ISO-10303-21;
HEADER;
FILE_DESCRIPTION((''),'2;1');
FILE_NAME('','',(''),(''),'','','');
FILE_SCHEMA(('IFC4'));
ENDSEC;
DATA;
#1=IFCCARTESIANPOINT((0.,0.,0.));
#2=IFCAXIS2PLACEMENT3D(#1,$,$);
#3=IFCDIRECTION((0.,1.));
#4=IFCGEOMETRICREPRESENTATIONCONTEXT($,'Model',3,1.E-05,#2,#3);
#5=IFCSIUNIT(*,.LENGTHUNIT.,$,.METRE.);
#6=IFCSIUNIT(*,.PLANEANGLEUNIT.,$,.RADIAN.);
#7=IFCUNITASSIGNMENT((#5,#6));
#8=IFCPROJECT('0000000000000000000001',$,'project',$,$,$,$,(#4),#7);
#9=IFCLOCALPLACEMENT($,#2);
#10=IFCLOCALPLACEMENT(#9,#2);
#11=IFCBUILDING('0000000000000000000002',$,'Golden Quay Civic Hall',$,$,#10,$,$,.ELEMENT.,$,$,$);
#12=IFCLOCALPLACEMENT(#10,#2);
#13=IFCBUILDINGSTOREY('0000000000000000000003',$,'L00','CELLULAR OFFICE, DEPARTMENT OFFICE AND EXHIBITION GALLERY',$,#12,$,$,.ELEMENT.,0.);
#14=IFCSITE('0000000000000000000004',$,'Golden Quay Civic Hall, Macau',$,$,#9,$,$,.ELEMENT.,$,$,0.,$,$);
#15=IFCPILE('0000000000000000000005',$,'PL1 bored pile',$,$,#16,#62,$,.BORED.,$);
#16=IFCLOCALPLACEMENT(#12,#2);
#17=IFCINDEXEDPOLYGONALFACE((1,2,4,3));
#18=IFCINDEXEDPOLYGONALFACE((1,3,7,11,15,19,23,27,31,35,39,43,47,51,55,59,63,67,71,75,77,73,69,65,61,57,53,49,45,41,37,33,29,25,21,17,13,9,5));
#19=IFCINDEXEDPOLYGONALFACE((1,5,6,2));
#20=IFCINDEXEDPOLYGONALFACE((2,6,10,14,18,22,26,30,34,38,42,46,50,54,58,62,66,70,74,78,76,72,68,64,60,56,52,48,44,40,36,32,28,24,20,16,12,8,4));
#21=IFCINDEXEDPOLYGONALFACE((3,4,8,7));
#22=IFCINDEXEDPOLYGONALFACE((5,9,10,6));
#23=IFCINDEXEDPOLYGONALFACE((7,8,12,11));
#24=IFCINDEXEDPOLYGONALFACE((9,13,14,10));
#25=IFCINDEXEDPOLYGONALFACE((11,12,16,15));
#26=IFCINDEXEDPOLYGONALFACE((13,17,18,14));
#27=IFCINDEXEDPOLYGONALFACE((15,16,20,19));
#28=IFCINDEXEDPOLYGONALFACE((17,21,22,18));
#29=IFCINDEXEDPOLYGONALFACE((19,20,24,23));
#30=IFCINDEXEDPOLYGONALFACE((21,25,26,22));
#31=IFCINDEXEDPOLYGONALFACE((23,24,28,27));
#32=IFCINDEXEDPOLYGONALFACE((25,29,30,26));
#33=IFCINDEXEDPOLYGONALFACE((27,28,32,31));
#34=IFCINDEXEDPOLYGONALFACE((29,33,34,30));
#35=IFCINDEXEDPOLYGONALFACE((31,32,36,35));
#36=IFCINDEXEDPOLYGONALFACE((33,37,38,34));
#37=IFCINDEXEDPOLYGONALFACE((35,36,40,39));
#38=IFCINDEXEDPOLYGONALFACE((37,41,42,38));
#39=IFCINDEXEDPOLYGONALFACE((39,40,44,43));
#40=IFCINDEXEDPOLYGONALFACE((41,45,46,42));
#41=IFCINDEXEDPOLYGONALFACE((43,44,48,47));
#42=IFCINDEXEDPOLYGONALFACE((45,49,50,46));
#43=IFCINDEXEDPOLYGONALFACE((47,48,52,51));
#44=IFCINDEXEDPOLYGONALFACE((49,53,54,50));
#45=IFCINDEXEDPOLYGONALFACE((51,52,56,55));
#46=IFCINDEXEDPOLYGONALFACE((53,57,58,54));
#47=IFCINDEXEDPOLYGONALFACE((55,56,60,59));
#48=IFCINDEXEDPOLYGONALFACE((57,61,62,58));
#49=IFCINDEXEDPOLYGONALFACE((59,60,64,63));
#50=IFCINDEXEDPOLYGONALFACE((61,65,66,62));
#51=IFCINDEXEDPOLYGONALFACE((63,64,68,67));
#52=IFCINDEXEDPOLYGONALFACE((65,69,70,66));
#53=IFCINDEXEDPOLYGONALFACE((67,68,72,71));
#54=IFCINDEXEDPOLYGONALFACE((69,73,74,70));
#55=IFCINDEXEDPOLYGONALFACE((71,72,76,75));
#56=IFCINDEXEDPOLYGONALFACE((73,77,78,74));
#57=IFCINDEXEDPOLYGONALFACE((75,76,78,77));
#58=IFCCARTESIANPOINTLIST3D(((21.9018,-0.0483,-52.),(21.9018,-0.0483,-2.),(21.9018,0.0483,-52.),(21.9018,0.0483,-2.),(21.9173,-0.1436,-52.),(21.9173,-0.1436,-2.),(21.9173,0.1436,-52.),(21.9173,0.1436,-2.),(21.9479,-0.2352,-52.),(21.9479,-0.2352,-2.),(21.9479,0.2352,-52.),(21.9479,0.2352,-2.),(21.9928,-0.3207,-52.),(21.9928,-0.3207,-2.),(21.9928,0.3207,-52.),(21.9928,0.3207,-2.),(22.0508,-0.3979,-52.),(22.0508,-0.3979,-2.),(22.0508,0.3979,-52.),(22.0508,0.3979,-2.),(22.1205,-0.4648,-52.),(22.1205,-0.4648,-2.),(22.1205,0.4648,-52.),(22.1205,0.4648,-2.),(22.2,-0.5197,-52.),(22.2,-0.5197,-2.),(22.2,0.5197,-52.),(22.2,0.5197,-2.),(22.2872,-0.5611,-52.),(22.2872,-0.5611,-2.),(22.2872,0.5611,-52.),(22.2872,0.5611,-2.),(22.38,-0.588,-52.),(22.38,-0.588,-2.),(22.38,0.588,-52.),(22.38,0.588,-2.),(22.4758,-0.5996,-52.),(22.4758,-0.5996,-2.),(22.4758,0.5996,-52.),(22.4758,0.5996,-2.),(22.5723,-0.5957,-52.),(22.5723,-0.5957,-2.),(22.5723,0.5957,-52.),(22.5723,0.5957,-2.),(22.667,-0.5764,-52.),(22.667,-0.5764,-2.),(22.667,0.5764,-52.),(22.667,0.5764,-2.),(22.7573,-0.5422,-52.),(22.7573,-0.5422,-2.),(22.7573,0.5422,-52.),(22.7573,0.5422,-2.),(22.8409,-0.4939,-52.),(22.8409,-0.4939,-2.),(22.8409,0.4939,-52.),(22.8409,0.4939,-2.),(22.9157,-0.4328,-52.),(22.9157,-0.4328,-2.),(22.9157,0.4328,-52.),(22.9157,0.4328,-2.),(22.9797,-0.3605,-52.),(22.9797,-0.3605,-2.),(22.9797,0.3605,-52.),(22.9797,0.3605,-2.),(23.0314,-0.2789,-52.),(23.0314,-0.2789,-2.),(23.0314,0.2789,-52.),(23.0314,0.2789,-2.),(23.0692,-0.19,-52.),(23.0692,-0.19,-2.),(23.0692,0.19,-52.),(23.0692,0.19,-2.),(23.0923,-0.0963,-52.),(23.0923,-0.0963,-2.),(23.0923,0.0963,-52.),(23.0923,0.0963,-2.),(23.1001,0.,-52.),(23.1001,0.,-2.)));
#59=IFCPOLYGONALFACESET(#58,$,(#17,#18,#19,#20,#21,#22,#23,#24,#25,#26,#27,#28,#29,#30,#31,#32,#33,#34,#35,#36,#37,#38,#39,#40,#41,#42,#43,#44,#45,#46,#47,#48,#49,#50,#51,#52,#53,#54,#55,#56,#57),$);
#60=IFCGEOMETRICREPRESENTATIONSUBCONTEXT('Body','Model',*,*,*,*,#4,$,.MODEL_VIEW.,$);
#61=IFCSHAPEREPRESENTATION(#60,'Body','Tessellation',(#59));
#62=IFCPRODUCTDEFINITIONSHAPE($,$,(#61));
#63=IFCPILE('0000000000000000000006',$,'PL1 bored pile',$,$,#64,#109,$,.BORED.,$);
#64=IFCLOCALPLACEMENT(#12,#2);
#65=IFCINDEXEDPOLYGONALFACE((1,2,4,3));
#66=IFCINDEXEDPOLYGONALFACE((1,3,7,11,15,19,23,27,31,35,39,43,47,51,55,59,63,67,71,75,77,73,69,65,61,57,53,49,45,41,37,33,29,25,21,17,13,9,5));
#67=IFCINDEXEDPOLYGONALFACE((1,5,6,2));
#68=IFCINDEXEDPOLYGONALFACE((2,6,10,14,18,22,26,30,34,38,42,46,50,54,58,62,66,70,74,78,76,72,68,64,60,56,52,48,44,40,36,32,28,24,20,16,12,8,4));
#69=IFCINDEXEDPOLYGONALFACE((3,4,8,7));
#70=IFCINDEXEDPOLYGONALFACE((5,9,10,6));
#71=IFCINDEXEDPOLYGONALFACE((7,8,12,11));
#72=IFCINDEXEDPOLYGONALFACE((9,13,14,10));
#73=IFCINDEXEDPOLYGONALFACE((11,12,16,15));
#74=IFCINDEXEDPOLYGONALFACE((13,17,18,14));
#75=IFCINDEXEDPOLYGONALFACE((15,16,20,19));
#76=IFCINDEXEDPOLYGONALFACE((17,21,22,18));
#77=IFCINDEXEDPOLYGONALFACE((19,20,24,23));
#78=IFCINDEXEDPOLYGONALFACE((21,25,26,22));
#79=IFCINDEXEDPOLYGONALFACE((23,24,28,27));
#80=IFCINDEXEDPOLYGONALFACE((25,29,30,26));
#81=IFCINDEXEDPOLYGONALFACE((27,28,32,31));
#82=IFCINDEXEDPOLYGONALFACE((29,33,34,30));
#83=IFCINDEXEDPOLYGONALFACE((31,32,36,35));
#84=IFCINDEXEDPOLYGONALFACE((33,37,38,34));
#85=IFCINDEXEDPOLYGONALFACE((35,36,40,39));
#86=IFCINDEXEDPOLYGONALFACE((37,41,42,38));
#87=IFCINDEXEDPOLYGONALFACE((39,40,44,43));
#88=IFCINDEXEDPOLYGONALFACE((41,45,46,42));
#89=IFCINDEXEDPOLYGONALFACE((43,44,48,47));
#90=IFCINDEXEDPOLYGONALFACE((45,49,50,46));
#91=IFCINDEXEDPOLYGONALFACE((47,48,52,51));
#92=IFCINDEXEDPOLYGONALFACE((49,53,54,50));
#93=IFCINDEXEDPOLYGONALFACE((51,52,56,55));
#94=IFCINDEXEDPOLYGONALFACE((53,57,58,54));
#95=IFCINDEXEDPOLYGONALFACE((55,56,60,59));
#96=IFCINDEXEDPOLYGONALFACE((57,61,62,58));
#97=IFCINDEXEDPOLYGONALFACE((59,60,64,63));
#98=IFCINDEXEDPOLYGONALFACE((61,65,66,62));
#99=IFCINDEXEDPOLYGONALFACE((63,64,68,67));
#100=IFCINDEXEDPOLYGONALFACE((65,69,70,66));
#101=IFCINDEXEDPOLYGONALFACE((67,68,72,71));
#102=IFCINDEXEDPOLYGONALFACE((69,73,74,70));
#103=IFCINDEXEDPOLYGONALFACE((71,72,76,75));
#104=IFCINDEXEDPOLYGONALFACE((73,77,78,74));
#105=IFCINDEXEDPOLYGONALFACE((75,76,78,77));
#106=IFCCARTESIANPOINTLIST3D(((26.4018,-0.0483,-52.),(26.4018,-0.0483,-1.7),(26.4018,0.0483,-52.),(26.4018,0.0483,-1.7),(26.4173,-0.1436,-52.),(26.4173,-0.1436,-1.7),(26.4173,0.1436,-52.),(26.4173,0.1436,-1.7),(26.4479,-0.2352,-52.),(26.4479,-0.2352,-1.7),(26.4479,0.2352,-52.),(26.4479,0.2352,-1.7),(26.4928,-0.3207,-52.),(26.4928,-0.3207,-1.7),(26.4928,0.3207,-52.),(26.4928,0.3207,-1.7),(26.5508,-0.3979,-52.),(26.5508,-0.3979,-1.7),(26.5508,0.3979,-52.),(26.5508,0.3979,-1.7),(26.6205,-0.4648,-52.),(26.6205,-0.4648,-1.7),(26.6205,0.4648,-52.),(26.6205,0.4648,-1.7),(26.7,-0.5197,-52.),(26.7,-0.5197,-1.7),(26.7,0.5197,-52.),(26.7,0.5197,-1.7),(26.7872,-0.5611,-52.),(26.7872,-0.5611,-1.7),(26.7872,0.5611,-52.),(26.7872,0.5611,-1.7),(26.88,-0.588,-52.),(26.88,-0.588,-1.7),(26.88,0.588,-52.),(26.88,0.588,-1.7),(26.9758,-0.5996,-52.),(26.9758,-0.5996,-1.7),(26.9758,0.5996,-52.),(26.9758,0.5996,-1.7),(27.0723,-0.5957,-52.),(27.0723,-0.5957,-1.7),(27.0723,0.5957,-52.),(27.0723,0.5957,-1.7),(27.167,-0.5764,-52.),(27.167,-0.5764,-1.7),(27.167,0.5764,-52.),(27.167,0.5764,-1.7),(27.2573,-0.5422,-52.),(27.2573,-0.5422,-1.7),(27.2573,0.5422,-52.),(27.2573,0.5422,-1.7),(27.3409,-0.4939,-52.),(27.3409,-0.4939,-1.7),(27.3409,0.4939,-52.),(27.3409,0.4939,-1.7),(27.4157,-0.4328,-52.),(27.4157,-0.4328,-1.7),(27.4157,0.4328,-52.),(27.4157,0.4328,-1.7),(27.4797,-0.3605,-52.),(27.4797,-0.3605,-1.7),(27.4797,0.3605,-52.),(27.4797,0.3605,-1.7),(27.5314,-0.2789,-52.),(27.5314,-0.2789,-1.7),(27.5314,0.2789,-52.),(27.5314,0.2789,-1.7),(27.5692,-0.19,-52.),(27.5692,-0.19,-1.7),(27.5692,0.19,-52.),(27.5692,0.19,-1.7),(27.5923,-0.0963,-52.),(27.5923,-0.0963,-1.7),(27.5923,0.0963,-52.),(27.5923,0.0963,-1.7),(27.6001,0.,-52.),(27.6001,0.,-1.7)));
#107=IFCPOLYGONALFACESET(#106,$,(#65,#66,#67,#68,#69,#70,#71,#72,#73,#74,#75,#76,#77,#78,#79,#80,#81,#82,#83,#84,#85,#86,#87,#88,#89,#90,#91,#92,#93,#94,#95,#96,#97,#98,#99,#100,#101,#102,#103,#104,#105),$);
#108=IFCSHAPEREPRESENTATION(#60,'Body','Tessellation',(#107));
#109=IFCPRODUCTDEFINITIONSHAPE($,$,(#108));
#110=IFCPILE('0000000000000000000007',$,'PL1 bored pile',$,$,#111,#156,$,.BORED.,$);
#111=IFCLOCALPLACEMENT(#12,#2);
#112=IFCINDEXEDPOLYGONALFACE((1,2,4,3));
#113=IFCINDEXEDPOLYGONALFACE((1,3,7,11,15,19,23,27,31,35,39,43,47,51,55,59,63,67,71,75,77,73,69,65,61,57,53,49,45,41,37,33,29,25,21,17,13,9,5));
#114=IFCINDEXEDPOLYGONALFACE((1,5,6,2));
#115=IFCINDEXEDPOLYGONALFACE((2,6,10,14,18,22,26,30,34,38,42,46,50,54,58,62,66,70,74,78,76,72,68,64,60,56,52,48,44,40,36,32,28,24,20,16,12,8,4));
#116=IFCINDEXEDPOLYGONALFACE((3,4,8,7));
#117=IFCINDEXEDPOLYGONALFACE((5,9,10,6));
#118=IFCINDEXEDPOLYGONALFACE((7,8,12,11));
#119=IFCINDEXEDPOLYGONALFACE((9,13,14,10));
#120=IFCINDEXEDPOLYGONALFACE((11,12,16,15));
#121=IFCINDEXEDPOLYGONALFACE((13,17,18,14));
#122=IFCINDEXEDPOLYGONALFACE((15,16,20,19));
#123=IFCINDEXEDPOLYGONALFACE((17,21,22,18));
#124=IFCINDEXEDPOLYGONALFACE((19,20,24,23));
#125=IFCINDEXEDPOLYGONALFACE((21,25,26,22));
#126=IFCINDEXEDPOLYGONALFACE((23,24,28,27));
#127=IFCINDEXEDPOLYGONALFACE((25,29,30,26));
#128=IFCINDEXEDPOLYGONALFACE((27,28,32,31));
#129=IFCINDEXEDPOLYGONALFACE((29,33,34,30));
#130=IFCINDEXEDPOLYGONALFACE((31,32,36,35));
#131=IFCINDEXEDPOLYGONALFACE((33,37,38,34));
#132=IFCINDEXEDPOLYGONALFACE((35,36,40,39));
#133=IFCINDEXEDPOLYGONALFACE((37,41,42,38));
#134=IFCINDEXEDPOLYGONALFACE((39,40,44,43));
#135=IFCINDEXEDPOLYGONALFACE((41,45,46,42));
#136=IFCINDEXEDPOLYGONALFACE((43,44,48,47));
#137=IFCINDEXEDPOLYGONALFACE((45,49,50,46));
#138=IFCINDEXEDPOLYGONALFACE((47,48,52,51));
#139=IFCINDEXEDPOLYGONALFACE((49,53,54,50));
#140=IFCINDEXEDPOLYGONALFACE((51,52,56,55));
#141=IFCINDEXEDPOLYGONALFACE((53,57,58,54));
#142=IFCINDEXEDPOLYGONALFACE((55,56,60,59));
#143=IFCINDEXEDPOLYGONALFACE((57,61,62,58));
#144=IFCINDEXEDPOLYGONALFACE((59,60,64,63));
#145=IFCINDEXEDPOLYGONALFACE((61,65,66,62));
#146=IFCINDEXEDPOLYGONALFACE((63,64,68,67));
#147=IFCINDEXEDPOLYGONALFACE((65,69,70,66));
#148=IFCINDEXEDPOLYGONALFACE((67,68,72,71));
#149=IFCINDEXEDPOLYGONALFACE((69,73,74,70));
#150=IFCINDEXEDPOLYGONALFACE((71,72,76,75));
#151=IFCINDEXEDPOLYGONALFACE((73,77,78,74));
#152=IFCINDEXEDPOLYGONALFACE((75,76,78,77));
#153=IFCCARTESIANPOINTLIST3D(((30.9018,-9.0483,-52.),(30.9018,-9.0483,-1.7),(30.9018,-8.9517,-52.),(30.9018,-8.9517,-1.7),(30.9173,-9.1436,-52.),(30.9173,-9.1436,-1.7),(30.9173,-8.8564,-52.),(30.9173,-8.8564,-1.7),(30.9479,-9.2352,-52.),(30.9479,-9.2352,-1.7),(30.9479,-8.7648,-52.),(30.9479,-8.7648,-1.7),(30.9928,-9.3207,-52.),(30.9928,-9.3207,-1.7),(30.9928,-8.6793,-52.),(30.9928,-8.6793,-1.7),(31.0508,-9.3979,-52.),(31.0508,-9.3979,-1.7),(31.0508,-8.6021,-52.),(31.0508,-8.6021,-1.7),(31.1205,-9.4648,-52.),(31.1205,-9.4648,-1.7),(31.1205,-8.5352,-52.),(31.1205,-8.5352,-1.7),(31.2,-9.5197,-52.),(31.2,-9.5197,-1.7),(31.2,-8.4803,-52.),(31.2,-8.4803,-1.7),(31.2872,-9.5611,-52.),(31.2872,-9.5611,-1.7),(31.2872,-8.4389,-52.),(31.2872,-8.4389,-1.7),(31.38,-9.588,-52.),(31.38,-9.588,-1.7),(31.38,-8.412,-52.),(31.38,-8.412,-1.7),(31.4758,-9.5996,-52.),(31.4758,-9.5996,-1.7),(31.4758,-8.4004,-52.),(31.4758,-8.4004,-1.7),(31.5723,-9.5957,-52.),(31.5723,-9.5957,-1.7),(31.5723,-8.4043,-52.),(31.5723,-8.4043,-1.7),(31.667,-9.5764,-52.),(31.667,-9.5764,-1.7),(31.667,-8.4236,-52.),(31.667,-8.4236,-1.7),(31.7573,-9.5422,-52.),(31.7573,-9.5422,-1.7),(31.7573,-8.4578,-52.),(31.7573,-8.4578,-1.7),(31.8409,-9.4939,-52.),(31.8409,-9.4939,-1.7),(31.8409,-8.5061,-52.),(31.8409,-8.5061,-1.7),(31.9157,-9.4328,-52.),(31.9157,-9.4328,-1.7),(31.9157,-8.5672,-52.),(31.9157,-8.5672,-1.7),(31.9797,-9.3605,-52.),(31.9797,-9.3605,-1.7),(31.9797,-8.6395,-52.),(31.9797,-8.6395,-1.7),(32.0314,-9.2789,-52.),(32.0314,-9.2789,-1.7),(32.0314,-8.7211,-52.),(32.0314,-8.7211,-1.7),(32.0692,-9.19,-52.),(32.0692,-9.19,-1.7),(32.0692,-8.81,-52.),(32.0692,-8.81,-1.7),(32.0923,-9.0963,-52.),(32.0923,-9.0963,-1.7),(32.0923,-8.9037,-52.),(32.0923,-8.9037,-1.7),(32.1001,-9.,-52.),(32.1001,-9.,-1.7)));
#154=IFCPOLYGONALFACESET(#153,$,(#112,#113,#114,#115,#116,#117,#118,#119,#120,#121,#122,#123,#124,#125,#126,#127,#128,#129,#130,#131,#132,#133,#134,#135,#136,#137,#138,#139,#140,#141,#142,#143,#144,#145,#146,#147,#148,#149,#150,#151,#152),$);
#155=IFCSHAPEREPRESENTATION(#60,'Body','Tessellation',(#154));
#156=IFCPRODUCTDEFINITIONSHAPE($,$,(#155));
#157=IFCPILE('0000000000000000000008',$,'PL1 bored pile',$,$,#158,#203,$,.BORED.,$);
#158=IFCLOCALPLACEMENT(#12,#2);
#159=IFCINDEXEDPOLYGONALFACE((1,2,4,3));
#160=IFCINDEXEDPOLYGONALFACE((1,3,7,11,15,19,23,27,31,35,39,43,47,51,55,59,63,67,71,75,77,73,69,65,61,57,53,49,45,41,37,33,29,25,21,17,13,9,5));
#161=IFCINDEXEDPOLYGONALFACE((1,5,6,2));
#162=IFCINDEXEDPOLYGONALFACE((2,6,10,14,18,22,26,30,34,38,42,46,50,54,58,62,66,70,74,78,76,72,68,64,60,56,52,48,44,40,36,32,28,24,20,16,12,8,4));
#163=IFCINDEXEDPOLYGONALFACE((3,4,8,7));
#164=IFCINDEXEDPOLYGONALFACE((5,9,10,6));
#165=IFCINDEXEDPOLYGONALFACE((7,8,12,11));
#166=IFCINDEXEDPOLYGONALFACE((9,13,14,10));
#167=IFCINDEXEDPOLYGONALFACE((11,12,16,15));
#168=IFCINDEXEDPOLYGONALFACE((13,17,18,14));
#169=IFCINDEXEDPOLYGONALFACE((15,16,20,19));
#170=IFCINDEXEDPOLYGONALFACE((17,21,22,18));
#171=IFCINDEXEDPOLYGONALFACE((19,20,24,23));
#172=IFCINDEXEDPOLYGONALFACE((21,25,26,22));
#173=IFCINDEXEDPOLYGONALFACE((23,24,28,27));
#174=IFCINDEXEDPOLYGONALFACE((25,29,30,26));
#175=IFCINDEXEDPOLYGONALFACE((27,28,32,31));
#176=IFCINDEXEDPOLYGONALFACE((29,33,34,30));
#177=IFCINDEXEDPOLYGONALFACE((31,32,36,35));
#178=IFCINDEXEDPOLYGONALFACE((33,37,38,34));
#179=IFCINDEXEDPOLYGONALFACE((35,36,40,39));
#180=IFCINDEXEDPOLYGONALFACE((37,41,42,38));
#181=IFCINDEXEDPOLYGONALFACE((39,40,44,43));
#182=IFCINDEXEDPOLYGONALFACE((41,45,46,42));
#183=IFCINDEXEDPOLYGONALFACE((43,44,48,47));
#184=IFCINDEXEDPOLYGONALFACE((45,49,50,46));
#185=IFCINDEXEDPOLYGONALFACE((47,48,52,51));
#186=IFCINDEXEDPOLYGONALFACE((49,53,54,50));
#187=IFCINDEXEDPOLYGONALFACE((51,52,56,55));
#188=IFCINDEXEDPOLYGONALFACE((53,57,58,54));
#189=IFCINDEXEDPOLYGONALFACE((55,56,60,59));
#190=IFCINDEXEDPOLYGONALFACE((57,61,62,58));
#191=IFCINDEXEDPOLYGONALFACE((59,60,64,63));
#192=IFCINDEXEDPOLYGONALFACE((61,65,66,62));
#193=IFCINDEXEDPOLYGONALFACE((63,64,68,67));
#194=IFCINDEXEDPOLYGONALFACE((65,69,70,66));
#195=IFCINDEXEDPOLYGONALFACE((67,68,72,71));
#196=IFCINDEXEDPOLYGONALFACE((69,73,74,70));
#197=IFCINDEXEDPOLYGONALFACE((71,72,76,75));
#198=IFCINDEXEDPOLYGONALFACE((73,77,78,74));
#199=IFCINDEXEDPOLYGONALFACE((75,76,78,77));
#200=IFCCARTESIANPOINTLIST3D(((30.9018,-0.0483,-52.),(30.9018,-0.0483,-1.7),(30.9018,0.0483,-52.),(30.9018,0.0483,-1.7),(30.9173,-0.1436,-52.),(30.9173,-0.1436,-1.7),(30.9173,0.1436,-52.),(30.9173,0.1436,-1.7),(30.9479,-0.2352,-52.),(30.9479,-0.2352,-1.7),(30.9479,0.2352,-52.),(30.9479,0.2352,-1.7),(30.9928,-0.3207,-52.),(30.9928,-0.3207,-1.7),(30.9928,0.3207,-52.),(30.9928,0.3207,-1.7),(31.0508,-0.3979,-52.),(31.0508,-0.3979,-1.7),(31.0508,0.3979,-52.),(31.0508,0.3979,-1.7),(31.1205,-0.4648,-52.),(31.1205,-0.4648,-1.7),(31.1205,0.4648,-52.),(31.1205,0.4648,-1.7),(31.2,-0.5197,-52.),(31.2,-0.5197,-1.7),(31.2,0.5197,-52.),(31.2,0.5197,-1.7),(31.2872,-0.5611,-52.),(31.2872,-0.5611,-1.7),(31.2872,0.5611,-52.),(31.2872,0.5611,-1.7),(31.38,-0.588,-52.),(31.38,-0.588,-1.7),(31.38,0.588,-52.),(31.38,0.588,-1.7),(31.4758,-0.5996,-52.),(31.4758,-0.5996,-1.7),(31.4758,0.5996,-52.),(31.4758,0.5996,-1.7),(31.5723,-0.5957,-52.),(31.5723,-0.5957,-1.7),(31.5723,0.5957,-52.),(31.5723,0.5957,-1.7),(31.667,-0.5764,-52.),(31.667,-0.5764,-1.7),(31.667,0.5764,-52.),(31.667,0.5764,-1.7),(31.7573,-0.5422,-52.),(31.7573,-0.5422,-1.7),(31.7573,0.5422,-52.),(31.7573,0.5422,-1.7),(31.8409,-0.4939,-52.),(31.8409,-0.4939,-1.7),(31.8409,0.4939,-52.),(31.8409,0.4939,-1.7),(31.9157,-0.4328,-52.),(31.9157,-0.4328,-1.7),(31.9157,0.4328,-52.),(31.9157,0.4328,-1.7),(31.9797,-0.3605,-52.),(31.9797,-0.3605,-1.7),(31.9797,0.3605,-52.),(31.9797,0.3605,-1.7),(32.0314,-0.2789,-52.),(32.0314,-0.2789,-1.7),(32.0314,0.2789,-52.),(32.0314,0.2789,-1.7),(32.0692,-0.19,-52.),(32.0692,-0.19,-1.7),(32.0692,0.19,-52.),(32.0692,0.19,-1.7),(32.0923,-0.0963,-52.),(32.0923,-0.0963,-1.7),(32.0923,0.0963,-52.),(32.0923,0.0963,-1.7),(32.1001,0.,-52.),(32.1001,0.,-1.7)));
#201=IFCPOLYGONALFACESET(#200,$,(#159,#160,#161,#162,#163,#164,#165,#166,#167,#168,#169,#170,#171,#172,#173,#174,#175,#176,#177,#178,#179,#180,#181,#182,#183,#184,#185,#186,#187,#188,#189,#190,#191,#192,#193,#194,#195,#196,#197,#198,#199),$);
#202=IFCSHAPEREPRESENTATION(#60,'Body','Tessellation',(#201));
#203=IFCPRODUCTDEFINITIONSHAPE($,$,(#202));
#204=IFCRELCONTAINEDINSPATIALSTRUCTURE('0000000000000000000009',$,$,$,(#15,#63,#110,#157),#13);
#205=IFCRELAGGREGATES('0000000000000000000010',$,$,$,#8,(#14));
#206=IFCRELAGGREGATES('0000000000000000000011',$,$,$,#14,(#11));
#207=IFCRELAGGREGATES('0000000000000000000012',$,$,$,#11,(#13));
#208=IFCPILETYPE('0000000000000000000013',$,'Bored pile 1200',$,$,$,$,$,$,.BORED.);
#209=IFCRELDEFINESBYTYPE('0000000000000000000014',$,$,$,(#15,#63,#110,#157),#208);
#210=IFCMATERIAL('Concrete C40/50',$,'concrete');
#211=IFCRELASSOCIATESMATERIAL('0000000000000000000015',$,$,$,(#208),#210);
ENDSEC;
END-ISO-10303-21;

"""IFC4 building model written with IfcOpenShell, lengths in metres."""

from ifc_helpers import new_model, si_unit, direction, frame, origin, origin_2d, place, context, subcontext, project, spatial, circle, extrude, material, material_profile, profile_set, type_object, element, save


model = new_model("IFC4")

# Units and contexts
model_context = context("Model", 3, precision=1e-05, world=origin(), true_north=direction((0.0, 1.0)))
body_context = subcontext(model_context, "Body", "Model", "MODEL_VIEW")
ifc_project = project(units=[si_unit("LENGTHUNIT", "METRE"), si_unit("PLANEANGLEUNIT", "RADIAN")], contexts=[model_context])

# Site, building, storey
site_placement = place(None, origin())
site = spatial("IfcSite", under=ifc_project, at=site_placement, Name="Golden Quay Civic Hall, Macau", CompositionType="ELEMENT", RefElevation=0.0)
building_placement = place(site_placement, origin())
building = spatial("IfcBuilding", under=site, at=building_placement, Name="Golden Quay Civic Hall", CompositionType="ELEMENT")
storey_placement = place(building_placement, origin())
storey = spatial("IfcBuildingStorey", under=building, at=storey_placement, Name="L00", Description="CELLULAR OFFICE, DEPARTMENT OFFICE AND EXHIBITION GALLERY", CompositionType="ELEMENT", Elevation=0.0)

# Piles
ifc_material_1 = material(Name="Concrete C40/50", Category="concrete")
ifc_material_profile_1 = material_profile(ifc_material_1, circle(Radius=0.6001, at=origin_2d()), Name="RC D1200")
ifc_profile_set_1 = profile_set([ifc_material_profile_1], Name="Concrete C40/50")
pile_type = type_object("IfcPileType", Name="Bored pile 1200", PredefinedType="BORED", material=ifc_profile_set_1)
pile_placement = place(storey_placement, frame((22.5, 0.0, -2.0), z_axis=(0.0, 0.0, -1.0), x_axis=(1.0, 0.0, 0.0)))
element("IfcPile", 1, at=pile_placement, inside=storey, type_object=pile_type, Name="PL1 bored pile", PredefinedType="BORED", context=body_context, shape_type="SweptSolid", body=[
    extrude(circle(Radius=0.6001, at=origin_2d()), origin(), (0.0, 0.0, 1.0), 50.0),
])
for number, where, z_axis, x_axis, name in (
    (2, (27.0, 0.0, -1.7), (0.0, 0.0, -1.0), (1.0, 0.0, 0.0), "PL1 bored pile"),
    (3, (31.5, -9.0, -1.7), (0.0, 0.0, -1.0), (1.0, 0.0, 0.0), "PL1 bored pile"),
    (4, (31.5, 0.0, -1.7), (0.0, 0.0, -1.0), (1.0, 0.0, 0.0), "PL1 bored pile"),
):
    element("IfcPile", number, at=place(storey_placement, frame(where, z_axis=z_axis, x_axis=x_axis)), inside=storey, type_object=pile_type, Name=name, PredefinedType="BORED", context=body_context, shape_type="SweptSolid", body=[
        extrude(circle(Radius=0.6001, at=origin_2d()), origin(), (0.0, 0.0, 1.0), 50.3),
    ])

save(model, "model.ifc")
